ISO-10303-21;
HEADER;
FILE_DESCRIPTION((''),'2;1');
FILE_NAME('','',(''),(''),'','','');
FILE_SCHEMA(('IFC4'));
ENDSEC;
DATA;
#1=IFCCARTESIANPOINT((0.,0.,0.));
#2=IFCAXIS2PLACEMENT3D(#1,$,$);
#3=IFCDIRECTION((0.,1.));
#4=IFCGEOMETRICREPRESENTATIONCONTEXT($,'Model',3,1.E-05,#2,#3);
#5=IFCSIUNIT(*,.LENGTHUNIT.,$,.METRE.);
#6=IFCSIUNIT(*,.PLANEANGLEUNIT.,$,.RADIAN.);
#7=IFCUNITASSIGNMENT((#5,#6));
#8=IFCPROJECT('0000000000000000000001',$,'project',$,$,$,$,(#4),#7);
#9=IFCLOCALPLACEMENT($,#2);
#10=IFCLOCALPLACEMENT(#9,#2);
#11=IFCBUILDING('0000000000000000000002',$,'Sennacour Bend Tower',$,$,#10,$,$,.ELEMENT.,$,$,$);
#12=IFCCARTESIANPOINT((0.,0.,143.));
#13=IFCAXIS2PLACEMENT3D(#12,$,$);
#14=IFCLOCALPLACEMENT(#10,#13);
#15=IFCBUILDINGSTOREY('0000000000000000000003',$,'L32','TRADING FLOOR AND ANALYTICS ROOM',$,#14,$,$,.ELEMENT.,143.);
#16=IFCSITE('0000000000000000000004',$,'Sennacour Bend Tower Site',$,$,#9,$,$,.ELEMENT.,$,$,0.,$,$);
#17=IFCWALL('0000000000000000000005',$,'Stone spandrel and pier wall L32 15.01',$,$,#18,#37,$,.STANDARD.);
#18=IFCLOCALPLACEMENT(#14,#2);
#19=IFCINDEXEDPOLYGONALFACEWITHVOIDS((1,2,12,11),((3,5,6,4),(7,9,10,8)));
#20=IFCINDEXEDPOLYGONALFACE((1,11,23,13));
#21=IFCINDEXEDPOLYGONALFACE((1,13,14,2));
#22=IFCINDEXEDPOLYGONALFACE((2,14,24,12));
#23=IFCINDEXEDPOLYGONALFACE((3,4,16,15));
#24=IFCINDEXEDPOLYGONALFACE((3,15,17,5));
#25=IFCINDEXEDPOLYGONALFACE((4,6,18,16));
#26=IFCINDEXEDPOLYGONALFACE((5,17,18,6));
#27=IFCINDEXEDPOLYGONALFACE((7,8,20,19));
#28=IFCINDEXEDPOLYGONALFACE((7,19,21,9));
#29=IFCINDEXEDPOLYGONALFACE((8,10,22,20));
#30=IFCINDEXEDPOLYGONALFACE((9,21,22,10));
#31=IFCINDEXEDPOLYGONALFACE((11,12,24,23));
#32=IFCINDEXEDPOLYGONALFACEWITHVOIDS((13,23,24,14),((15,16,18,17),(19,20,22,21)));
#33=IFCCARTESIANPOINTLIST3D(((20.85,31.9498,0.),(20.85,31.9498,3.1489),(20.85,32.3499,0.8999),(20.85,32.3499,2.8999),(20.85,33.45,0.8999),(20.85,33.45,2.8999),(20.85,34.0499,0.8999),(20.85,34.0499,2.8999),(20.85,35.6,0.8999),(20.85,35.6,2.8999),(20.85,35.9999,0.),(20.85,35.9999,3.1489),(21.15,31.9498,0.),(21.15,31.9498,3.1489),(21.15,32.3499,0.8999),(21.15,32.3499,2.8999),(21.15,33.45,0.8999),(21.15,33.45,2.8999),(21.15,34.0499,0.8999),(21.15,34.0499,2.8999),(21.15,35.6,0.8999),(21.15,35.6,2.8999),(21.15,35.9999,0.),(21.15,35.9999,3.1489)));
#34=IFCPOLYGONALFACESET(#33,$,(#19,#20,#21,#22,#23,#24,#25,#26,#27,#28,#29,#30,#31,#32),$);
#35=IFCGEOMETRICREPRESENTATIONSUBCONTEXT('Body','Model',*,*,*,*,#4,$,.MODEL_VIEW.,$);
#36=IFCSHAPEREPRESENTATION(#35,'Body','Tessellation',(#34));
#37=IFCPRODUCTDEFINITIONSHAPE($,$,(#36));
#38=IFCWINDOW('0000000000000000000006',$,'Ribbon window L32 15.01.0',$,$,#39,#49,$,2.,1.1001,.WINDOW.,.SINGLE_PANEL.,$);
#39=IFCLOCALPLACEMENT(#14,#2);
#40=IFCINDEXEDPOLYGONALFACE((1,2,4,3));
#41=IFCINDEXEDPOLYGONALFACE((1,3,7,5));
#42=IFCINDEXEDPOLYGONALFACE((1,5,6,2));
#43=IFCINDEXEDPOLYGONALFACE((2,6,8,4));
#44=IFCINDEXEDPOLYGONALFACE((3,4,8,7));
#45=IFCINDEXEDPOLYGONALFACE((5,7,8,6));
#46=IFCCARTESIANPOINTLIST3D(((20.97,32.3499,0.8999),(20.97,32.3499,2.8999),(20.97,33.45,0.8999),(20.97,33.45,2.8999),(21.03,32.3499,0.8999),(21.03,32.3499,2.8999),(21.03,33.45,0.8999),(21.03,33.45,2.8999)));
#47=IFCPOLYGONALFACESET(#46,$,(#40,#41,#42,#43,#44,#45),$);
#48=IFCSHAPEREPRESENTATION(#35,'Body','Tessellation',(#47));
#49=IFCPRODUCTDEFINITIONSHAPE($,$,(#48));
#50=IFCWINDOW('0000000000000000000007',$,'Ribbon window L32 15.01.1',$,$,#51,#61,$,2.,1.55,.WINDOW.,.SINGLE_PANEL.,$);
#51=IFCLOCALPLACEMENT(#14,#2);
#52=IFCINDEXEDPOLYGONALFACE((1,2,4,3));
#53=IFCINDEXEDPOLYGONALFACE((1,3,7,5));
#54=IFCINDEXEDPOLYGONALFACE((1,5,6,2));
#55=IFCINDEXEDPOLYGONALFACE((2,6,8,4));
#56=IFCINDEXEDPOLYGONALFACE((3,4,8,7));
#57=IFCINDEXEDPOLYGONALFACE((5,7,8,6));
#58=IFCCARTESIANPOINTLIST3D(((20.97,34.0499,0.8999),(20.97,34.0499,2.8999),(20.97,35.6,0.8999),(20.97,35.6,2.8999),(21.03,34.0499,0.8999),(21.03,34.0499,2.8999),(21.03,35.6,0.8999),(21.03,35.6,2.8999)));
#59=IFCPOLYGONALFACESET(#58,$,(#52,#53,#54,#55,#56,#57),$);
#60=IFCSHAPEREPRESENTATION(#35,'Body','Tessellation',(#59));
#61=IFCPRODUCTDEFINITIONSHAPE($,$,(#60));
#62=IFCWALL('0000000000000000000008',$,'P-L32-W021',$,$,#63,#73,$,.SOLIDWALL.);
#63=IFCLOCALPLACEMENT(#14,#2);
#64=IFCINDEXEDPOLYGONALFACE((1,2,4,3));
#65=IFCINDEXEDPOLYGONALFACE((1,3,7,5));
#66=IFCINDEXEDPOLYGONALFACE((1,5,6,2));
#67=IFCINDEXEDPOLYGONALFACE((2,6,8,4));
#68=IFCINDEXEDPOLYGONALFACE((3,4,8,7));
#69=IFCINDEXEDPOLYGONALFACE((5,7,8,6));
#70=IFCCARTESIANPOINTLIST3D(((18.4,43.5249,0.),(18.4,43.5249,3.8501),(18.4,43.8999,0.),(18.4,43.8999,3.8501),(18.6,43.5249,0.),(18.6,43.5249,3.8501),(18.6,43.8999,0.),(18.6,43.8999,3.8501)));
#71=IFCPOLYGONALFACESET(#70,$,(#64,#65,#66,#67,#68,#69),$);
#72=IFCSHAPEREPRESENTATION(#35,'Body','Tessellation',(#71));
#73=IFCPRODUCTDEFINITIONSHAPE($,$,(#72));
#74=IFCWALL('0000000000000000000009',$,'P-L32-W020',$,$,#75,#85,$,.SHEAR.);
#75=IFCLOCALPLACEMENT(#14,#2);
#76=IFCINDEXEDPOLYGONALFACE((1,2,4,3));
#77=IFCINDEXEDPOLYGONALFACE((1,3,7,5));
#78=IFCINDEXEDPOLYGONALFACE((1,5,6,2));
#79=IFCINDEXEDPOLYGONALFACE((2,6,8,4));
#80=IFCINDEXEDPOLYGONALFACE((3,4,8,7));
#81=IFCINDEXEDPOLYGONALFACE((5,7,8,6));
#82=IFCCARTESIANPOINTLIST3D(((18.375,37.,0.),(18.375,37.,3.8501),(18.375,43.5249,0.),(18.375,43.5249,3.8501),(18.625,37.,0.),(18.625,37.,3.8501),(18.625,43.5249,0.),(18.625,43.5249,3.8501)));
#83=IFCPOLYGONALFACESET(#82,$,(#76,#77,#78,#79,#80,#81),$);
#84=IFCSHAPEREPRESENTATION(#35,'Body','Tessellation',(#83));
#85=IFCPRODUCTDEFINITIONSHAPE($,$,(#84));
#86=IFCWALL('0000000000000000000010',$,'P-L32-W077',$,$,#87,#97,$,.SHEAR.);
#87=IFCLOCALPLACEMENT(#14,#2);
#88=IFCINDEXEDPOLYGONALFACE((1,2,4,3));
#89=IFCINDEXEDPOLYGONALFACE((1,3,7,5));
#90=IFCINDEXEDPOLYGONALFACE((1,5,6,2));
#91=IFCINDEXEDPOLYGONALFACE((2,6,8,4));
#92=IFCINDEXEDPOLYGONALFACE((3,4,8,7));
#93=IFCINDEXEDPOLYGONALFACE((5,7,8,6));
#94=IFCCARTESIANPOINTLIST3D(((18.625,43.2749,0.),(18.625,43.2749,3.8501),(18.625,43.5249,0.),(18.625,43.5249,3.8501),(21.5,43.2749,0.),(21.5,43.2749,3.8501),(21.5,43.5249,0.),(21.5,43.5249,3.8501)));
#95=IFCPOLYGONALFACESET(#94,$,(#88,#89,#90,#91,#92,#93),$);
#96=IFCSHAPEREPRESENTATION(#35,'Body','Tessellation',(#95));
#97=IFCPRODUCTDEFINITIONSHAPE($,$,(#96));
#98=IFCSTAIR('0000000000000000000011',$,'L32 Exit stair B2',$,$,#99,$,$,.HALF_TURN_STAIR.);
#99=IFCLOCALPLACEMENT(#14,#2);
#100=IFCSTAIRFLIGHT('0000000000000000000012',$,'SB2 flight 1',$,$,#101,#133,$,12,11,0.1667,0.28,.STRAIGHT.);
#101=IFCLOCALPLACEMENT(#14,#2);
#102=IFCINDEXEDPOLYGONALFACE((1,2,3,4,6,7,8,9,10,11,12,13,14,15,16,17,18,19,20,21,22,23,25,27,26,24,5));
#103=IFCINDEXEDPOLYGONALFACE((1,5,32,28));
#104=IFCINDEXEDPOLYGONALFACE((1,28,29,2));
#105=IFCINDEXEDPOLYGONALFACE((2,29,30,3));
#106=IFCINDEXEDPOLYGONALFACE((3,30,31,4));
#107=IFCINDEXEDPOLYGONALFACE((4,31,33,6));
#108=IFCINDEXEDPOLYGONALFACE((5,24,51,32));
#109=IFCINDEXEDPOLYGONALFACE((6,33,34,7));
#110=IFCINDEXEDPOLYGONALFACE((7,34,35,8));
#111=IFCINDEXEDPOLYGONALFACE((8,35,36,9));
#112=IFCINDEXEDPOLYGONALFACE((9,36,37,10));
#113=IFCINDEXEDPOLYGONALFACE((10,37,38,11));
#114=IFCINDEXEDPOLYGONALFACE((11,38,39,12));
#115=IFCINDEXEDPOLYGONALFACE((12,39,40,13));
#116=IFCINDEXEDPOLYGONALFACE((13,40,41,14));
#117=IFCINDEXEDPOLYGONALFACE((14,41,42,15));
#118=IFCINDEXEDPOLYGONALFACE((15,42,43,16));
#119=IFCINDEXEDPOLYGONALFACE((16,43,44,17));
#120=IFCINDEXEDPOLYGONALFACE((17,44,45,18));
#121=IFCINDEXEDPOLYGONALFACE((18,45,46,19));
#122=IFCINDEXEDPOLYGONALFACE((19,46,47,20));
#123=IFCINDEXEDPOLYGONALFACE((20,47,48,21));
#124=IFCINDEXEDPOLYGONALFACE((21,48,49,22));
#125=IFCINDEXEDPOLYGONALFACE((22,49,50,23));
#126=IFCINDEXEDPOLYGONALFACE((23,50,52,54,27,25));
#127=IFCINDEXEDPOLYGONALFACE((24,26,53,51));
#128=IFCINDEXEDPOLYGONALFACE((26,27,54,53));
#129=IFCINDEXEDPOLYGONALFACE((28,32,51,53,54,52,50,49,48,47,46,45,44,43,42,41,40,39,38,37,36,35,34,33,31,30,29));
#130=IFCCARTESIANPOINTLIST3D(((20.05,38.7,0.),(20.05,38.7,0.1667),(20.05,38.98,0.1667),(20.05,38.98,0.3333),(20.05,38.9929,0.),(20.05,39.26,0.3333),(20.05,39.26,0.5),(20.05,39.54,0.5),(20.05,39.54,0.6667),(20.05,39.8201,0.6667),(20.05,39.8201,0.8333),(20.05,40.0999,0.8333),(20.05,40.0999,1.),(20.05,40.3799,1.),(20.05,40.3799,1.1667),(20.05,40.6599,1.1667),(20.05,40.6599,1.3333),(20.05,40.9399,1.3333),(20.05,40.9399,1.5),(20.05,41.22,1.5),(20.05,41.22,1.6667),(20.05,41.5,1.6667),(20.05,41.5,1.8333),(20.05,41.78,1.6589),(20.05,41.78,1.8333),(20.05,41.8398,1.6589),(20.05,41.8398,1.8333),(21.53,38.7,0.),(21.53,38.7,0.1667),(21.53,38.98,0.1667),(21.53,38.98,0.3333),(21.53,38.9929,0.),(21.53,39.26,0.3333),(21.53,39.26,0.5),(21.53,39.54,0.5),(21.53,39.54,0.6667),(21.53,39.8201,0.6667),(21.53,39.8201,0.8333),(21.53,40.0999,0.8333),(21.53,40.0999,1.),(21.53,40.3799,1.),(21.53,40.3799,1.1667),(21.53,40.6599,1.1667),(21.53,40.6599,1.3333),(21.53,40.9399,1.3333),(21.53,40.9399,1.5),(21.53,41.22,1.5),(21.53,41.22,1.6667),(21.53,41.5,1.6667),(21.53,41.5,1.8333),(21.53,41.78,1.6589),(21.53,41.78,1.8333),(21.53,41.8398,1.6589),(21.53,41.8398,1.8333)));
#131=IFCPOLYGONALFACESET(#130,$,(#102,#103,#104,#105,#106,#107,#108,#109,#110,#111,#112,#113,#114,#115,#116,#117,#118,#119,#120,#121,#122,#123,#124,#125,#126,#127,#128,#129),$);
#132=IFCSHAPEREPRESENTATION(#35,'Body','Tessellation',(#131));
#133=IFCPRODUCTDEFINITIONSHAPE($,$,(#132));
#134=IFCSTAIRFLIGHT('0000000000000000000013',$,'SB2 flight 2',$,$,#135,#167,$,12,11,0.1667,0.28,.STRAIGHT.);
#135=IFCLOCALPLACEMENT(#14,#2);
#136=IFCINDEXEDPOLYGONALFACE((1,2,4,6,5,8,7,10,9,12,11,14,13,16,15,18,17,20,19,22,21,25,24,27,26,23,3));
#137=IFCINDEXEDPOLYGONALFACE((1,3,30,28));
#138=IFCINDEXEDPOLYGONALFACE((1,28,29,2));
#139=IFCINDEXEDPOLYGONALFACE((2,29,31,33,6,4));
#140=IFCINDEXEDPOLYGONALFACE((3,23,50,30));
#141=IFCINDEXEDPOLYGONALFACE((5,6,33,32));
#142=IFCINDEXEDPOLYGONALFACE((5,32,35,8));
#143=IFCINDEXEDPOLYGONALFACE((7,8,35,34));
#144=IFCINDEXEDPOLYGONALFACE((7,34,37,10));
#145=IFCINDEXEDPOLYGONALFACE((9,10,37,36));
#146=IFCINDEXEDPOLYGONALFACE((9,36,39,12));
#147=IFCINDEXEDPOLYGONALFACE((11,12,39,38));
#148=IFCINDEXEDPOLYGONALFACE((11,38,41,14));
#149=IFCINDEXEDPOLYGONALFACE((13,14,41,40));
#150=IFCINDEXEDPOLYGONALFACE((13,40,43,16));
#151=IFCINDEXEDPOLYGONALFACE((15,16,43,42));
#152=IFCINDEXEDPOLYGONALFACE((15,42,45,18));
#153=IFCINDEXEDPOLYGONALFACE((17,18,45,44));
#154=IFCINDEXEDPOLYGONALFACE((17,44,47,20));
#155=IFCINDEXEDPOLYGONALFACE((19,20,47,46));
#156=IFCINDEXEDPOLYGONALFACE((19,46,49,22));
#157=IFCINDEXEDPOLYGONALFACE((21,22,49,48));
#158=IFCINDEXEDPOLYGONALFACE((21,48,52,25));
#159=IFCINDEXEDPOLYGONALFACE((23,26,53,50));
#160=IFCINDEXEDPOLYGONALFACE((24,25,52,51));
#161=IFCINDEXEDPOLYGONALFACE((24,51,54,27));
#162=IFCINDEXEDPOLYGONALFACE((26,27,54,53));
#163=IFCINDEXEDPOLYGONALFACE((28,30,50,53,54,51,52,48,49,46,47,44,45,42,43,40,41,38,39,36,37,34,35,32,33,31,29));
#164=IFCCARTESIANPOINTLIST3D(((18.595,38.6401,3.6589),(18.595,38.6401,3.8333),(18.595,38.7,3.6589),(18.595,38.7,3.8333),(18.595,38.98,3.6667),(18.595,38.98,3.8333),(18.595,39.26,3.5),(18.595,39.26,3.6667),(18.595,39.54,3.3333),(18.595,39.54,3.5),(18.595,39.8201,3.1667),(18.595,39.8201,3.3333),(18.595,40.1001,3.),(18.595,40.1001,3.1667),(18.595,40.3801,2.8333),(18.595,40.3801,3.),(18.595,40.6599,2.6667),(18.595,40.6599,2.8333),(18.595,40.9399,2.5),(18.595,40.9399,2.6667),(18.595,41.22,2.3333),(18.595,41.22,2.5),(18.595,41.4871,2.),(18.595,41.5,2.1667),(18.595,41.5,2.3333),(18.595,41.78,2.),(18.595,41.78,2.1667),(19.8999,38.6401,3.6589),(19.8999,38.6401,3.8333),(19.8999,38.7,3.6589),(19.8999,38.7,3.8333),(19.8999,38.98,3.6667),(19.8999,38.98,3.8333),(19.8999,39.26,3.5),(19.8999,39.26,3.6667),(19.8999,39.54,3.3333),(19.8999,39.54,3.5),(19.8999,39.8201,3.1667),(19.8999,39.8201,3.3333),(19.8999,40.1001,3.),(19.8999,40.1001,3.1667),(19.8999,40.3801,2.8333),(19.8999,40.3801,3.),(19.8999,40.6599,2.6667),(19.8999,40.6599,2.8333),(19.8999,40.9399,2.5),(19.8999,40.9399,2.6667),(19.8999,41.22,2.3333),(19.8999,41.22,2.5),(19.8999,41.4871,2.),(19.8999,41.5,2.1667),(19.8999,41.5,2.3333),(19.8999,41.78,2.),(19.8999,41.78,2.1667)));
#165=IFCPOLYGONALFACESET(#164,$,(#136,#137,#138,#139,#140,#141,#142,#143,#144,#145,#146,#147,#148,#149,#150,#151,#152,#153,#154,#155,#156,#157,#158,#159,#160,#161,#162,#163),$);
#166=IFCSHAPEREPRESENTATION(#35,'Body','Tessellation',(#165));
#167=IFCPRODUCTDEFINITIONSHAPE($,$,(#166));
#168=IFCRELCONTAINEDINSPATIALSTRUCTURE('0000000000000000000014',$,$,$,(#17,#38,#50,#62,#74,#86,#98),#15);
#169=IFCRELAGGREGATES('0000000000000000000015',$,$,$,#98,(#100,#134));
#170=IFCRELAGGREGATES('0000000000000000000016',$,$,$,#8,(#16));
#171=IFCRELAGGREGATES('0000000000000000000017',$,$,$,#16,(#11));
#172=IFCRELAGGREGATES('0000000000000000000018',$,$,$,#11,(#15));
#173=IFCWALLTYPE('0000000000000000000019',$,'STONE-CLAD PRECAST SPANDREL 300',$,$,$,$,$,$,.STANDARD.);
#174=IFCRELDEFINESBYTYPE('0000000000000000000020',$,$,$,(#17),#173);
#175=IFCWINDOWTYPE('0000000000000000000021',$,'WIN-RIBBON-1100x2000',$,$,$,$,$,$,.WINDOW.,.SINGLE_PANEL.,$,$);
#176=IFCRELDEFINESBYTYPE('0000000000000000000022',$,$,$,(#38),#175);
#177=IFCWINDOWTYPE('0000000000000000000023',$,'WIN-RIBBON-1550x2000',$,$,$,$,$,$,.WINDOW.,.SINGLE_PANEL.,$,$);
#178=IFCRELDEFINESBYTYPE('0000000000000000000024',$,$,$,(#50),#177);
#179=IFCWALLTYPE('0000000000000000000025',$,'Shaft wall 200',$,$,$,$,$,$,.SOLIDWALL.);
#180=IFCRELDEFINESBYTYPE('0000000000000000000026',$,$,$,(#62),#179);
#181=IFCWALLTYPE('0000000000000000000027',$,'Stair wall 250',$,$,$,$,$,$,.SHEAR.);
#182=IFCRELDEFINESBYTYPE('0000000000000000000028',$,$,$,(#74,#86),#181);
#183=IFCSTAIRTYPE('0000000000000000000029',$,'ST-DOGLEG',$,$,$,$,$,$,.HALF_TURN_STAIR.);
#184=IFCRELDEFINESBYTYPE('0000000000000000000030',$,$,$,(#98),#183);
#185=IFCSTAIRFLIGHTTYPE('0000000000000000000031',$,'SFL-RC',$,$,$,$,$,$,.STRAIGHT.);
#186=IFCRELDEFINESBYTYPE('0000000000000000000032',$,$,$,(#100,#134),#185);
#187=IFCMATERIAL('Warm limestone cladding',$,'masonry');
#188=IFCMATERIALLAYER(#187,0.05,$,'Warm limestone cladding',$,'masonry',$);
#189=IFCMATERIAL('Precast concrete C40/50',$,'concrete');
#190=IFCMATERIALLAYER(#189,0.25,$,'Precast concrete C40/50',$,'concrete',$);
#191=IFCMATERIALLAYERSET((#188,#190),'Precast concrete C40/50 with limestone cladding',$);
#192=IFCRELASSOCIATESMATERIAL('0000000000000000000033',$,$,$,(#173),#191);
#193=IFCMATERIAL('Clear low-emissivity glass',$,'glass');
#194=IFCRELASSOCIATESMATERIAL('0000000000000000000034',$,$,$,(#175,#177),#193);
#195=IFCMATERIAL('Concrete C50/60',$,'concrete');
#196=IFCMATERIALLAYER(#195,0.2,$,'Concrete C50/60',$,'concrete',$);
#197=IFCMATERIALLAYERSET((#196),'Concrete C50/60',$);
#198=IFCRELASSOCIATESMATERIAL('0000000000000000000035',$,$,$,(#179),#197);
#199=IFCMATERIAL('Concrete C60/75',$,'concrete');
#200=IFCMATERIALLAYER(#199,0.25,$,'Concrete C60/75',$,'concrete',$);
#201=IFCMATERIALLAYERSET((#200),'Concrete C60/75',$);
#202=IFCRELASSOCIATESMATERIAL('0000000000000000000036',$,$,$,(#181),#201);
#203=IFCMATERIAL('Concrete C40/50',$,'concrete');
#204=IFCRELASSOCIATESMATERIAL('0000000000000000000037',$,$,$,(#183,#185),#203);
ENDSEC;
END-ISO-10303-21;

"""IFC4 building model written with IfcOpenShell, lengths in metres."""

from ifc_helpers import new_model, si_unit, direction, frame, frame_2d, origin, place, context, subcontext, project, spatial, polyline, rectangle, outline, extrude, material, layer, layer_set, type_object, element, fill, aggregate, save


model = new_model("IFC4")

# Units and contexts
model_context = context("Model", 3, precision=1e-05, world=origin(), true_north=direction((0.0, 1.0)))
body_context = subcontext(model_context, "Body", "Model", "MODEL_VIEW")
ifc_project = project(units=[si_unit("LENGTHUNIT", "METRE"), si_unit("PLANEANGLEUNIT", "RADIAN")], contexts=[model_context])

# Site, building, storey
site_placement = place(None, origin())
site = spatial("IfcSite", under=ifc_project, at=site_placement, Name="Sennacour Bend Tower Site", CompositionType="ELEMENT", RefElevation=0.0)
building_placement = place(site_placement, origin())
building = spatial("IfcBuilding", under=site, at=building_placement, Name="Sennacour Bend Tower", CompositionType="ELEMENT")
storey_placement = place(building_placement, frame((0.0, 0.0, 143.0)))
storey = spatial("IfcBuildingStorey", under=building, at=storey_placement, Name="L32", Description="TRADING FLOOR AND ANALYTICS ROOM", CompositionType="ELEMENT", Elevation=143.0)

# Shared definitions
ifc_material_1 = material(Name="Warm limestone cladding", Category="masonry")
ifc_layer_1 = layer(ifc_material_1, 0.05, Name="Warm limestone cladding", Category="masonry")
ifc_material_2 = material(Name="Precast concrete C40/50", Category="concrete")
ifc_layer_2 = layer(ifc_material_2, 0.25, Name="Precast concrete C40/50", Category="concrete")
ifc_layer_set_1 = layer_set([ifc_layer_1, ifc_layer_2], Name="Precast concrete C40/50 with limestone cladding")
wall_type_1 = type_object("IfcWallType", Name="STONE-CLAD PRECAST SPANDREL 300", PredefinedType="STANDARD", material=ifc_layer_set_1)
ifc_material_3 = material(Name="Clear low-emissivity glass", Category="glass")

# Wall, openings, windows
wall_1_placement = place(storey_placement, frame((21.0, 31.95, 0.0), z_axis=(0.0, 0.0, 1.0), x_axis=(0.0, 1.0, 0.0)))
wall_1 = element("IfcWall", 1, at=wall_1_placement, inside=storey, type_object=wall_type_1, Name="Stone spandrel and pier wall L32 15.01", PredefinedType="STANDARD", context=body_context, shape_type="SweptSolid", body=[
    extrude(rectangle(XDim=4.05, YDim=0.3, at=frame_2d((2.0249, 0.0))), origin(), (0.0, 0.0, 1.0), 3.1489),
])
opening_1_placement = place(wall_1_placement, frame((0.3999, 0.0, 0.8999)))
opening_1 = element("IfcOpeningElement", 2, at=opening_1_placement, cuts=wall_1, PredefinedType="OPENING", context=body_context, shape_type="SweptSolid", body=[
    extrude(rectangle(XDim=1.1001, YDim=2.0, at=frame_2d((0.55, 1.0))), frame((0.0, 0.1602, 0.0), z_axis=(0.0, -1.0, 0.0), x_axis=(1.0, 0.0, 0.0)), (0.0, 0.0, 1.0), 0.3201),
])
opening_2_placement = place(wall_1_placement, frame((2.1001, 0.0, 0.8999)))
opening_2 = element("IfcOpeningElement", 3, at=opening_2_placement, cuts=wall_1, PredefinedType="OPENING", context=body_context, shape_type="SweptSolid", body=[
    extrude(rectangle(XDim=1.55, YDim=2.0, at=frame_2d((0.7749, 1.0))), frame((0.0, 0.1602, 0.0), z_axis=(0.0, -1.0, 0.0), x_axis=(1.0, 0.0, 0.0)), (0.0, 0.0, 1.0), 0.3201),
])
window_type_1 = type_object("IfcWindowType", Name="WIN-RIBBON-1100x2000", PartitioningType="SINGLE_PANEL", PredefinedType="WINDOW", material=ifc_material_3)
window_1_placement = place(opening_1_placement, origin())
window_1 = element("IfcWindow", 4, at=window_1_placement, inside=storey, type_object=window_type_1, Name="Ribbon window L32 15.01.0", OverallHeight=2.0, OverallWidth=1.1001, PartitioningType="SINGLE_PANEL", PredefinedType="WINDOW", context=body_context, shape_type="SweptSolid", body=[
    extrude(rectangle(XDim=1.1001, YDim=2.0, at=frame_2d((0.55, 1.0))), frame((0.0, 0.03, 0.0), z_axis=(0.0, -1.0, 0.0), x_axis=(1.0, 0.0, 0.0)), (0.0, 0.0, 1.0), 0.0601),
])
fill(opening_1, window_1)
window_type_2 = type_object("IfcWindowType", Name="WIN-RIBBON-1550x2000", PartitioningType="SINGLE_PANEL", PredefinedType="WINDOW", material=ifc_material_3)
window_2_placement = place(opening_2_placement, origin())
window_2 = element("IfcWindow", 5, at=window_2_placement, inside=storey, type_object=window_type_2, Name="Ribbon window L32 15.01.1", OverallHeight=2.0, OverallWidth=1.55, PartitioningType="SINGLE_PANEL", PredefinedType="WINDOW", context=body_context, shape_type="SweptSolid", body=[
    extrude(rectangle(XDim=1.55, YDim=2.0, at=frame_2d((0.7749, 1.0))), frame((0.0, 0.03, 0.0), z_axis=(0.0, -1.0, 0.0), x_axis=(1.0, 0.0, 0.0)), (0.0, 0.0, 1.0), 0.0601),
])
fill(opening_2, window_2)

# Walls
ifc_material_4 = material(Name="Concrete C50/60", Category="concrete")
ifc_layer_3 = layer(ifc_material_4, 0.2, Name="Concrete C50/60", Category="concrete")
ifc_layer_set_2 = layer_set([ifc_layer_3], Name="Concrete C50/60")
wall_type_2 = type_object("IfcWallType", Name="Shaft wall 200", PredefinedType="SOLIDWALL", material=ifc_layer_set_2)
wall_2_placement = place(storey_placement, frame((18.5, 43.5249, 0.0), z_axis=(0.0, 0.0, 1.0), x_axis=(0.0, 1.0, 0.0)))
element("IfcWall", 6, at=wall_2_placement, inside=storey, type_object=wall_type_2, Name="P-L32-W021", PredefinedType="SOLIDWALL", context=body_context, shape_type="SweptSolid", body=[
    extrude(rectangle(XDim=0.375, YDim=0.2, at=frame_2d((0.1875, 0.0))), origin(), (0.0, 0.0, 1.0), 3.8501),
])
ifc_material_5 = material(Name="Concrete C60/75", Category="concrete")
ifc_layer_4 = layer(ifc_material_5, 0.25, Name="Concrete C60/75", Category="concrete")
ifc_layer_set_3 = layer_set([ifc_layer_4], Name="Concrete C60/75")
wall_type_3 = type_object("IfcWallType", Name="Stair wall 250", PredefinedType="SHEAR", material=ifc_layer_set_3)
wall_3_placement = place(storey_placement, frame((18.5, 37.0, 0.0), z_axis=(0.0, 0.0, 1.0), x_axis=(0.0, 1.0, 0.0)))
element("IfcWall", 7, at=wall_3_placement, inside=storey, type_object=wall_type_3, Name="P-L32-W020", PredefinedType="SHEAR", context=body_context, shape_type="SweptSolid", body=[
    extrude(rectangle(XDim=6.5249, YDim=0.25, at=frame_2d((3.2625, 0.0))), origin(), (0.0, 0.0, 1.0), 3.8501),
])
wall_4_placement = place(storey_placement, frame((18.625, 43.3999, 0.0), z_axis=(0.0, 0.0, 1.0), x_axis=(1.0, 0.0, 0.0)))
element("IfcWall", 8, at=wall_4_placement, inside=storey, type_object=wall_type_3, Name="P-L32-W077", PredefinedType="SHEAR", context=body_context, shape_type="SweptSolid", body=[
    extrude(rectangle(XDim=2.875, YDim=0.25, at=frame_2d((1.4375, 0.0))), origin(), (0.0, 0.0, 1.0), 3.8501),
])

# Stair, stair flights
ifc_material_6 = material(Name="Concrete C40/50", Category="concrete")
stair_type = type_object("IfcStairType", Name="ST-DOGLEG", PredefinedType="HALF_TURN_STAIR", material=ifc_material_6)
stair_placement = place(storey_placement, origin())
stair = element("IfcStair", 9, at=stair_placement, inside=storey, type_object=stair_type, Name="L32 Exit stair B2", PredefinedType="HALF_TURN_STAIR")
stair_flight_type = type_object("IfcStairFlightType", Name="SFL-RC", PredefinedType="STRAIGHT", material=ifc_material_6)
stair_flight_1_placement = place(storey_placement, frame((20.79, 38.7, 0.0), z_axis=(0.0, 0.0, 1.0), x_axis=(0.0, 1.0, 0.0)))
stair_flight_1 = element("IfcStairFlight", 10, at=stair_flight_1_placement, type_object=stair_flight_type, Name="SB2 flight 1", NumberOfRisers=12, NumberOfTreads=11, PredefinedType="STRAIGHT", RiserHeight=0.1667, TreadLength=0.28, context=body_context, shape_type="SweptSolid", body=[
    extrude(outline(polyline([(0.0, 0.0), (0.0, 0.1667), (0.28, 0.1667), (0.28, 0.3333), (0.5601, 0.3333), (0.5601, 0.5), (0.8401, 0.5), (0.8401, 0.6667), (1.1201, 0.6667), (1.1201, 0.8333), (1.3999, 0.8333), (1.3999, 1.0), (1.6799, 1.0), (1.6799, 1.1667), (1.96, 1.1667), (1.96, 1.3333), (2.24, 1.3333), (2.24, 1.5), (2.52, 1.5), (2.52, 1.6667), (2.8, 1.6667), (2.8, 1.8333), (3.0801, 1.8333), (3.1399, 1.8333), (3.1399, 1.6589), (3.0801, 1.6589), (0.293, 0.0), (0.0, 0.0)])), frame((0.0, 0.74, 0.0), z_axis=(0.0, -1.0, 0.0), x_axis=(1.0, 0.0, 0.0)), (0.0, 0.0, 1.0), 1.48),
])
stair_flight_2_placement = place(storey_placement, frame((19.2476, 41.78, 2.0), z_axis=(0.0, 0.0, 1.0), x_axis=(0.0, -1.0, 0.0)))
stair_flight_2 = element("IfcStairFlight", 11, at=stair_flight_2_placement, type_object=stair_flight_type, Name="SB2 flight 2", NumberOfRisers=12, NumberOfTreads=11, PredefinedType="STRAIGHT", RiserHeight=0.1667, TreadLength=0.28, context=body_context, shape_type="SweptSolid", body=[
    extrude(outline(polyline([(0.0, 0.0), (0.0, 0.1667), (0.28, 0.1667), (0.28, 0.3333), (0.5601, 0.3333), (0.5601, 0.5), (0.8401, 0.5), (0.8401, 0.6667), (1.1201, 0.6667), (1.1201, 0.8333), (1.3999, 0.8333), (1.3999, 1.0), (1.6799, 1.0), (1.6799, 1.1667), (1.96, 1.1667), (1.96, 1.3333), (2.24, 1.3333), (2.24, 1.5), (2.52, 1.5), (2.52, 1.6667), (2.8, 1.6667), (2.8, 1.8333), (3.0801, 1.8333), (3.1399, 1.8333), (3.1399, 1.6589), (3.0801, 1.6589), (0.293, 0.0), (0.0, 0.0)])), frame((0.0, 0.6523, 0.0), z_axis=(0.0, -1.0, 0.0), x_axis=(1.0, 0.0, 0.0)), (0.0, 0.0, 1.0), 1.3049),
])
aggregate(stair, [stair_flight_1, stair_flight_2])

save(model, "model.ifc")
